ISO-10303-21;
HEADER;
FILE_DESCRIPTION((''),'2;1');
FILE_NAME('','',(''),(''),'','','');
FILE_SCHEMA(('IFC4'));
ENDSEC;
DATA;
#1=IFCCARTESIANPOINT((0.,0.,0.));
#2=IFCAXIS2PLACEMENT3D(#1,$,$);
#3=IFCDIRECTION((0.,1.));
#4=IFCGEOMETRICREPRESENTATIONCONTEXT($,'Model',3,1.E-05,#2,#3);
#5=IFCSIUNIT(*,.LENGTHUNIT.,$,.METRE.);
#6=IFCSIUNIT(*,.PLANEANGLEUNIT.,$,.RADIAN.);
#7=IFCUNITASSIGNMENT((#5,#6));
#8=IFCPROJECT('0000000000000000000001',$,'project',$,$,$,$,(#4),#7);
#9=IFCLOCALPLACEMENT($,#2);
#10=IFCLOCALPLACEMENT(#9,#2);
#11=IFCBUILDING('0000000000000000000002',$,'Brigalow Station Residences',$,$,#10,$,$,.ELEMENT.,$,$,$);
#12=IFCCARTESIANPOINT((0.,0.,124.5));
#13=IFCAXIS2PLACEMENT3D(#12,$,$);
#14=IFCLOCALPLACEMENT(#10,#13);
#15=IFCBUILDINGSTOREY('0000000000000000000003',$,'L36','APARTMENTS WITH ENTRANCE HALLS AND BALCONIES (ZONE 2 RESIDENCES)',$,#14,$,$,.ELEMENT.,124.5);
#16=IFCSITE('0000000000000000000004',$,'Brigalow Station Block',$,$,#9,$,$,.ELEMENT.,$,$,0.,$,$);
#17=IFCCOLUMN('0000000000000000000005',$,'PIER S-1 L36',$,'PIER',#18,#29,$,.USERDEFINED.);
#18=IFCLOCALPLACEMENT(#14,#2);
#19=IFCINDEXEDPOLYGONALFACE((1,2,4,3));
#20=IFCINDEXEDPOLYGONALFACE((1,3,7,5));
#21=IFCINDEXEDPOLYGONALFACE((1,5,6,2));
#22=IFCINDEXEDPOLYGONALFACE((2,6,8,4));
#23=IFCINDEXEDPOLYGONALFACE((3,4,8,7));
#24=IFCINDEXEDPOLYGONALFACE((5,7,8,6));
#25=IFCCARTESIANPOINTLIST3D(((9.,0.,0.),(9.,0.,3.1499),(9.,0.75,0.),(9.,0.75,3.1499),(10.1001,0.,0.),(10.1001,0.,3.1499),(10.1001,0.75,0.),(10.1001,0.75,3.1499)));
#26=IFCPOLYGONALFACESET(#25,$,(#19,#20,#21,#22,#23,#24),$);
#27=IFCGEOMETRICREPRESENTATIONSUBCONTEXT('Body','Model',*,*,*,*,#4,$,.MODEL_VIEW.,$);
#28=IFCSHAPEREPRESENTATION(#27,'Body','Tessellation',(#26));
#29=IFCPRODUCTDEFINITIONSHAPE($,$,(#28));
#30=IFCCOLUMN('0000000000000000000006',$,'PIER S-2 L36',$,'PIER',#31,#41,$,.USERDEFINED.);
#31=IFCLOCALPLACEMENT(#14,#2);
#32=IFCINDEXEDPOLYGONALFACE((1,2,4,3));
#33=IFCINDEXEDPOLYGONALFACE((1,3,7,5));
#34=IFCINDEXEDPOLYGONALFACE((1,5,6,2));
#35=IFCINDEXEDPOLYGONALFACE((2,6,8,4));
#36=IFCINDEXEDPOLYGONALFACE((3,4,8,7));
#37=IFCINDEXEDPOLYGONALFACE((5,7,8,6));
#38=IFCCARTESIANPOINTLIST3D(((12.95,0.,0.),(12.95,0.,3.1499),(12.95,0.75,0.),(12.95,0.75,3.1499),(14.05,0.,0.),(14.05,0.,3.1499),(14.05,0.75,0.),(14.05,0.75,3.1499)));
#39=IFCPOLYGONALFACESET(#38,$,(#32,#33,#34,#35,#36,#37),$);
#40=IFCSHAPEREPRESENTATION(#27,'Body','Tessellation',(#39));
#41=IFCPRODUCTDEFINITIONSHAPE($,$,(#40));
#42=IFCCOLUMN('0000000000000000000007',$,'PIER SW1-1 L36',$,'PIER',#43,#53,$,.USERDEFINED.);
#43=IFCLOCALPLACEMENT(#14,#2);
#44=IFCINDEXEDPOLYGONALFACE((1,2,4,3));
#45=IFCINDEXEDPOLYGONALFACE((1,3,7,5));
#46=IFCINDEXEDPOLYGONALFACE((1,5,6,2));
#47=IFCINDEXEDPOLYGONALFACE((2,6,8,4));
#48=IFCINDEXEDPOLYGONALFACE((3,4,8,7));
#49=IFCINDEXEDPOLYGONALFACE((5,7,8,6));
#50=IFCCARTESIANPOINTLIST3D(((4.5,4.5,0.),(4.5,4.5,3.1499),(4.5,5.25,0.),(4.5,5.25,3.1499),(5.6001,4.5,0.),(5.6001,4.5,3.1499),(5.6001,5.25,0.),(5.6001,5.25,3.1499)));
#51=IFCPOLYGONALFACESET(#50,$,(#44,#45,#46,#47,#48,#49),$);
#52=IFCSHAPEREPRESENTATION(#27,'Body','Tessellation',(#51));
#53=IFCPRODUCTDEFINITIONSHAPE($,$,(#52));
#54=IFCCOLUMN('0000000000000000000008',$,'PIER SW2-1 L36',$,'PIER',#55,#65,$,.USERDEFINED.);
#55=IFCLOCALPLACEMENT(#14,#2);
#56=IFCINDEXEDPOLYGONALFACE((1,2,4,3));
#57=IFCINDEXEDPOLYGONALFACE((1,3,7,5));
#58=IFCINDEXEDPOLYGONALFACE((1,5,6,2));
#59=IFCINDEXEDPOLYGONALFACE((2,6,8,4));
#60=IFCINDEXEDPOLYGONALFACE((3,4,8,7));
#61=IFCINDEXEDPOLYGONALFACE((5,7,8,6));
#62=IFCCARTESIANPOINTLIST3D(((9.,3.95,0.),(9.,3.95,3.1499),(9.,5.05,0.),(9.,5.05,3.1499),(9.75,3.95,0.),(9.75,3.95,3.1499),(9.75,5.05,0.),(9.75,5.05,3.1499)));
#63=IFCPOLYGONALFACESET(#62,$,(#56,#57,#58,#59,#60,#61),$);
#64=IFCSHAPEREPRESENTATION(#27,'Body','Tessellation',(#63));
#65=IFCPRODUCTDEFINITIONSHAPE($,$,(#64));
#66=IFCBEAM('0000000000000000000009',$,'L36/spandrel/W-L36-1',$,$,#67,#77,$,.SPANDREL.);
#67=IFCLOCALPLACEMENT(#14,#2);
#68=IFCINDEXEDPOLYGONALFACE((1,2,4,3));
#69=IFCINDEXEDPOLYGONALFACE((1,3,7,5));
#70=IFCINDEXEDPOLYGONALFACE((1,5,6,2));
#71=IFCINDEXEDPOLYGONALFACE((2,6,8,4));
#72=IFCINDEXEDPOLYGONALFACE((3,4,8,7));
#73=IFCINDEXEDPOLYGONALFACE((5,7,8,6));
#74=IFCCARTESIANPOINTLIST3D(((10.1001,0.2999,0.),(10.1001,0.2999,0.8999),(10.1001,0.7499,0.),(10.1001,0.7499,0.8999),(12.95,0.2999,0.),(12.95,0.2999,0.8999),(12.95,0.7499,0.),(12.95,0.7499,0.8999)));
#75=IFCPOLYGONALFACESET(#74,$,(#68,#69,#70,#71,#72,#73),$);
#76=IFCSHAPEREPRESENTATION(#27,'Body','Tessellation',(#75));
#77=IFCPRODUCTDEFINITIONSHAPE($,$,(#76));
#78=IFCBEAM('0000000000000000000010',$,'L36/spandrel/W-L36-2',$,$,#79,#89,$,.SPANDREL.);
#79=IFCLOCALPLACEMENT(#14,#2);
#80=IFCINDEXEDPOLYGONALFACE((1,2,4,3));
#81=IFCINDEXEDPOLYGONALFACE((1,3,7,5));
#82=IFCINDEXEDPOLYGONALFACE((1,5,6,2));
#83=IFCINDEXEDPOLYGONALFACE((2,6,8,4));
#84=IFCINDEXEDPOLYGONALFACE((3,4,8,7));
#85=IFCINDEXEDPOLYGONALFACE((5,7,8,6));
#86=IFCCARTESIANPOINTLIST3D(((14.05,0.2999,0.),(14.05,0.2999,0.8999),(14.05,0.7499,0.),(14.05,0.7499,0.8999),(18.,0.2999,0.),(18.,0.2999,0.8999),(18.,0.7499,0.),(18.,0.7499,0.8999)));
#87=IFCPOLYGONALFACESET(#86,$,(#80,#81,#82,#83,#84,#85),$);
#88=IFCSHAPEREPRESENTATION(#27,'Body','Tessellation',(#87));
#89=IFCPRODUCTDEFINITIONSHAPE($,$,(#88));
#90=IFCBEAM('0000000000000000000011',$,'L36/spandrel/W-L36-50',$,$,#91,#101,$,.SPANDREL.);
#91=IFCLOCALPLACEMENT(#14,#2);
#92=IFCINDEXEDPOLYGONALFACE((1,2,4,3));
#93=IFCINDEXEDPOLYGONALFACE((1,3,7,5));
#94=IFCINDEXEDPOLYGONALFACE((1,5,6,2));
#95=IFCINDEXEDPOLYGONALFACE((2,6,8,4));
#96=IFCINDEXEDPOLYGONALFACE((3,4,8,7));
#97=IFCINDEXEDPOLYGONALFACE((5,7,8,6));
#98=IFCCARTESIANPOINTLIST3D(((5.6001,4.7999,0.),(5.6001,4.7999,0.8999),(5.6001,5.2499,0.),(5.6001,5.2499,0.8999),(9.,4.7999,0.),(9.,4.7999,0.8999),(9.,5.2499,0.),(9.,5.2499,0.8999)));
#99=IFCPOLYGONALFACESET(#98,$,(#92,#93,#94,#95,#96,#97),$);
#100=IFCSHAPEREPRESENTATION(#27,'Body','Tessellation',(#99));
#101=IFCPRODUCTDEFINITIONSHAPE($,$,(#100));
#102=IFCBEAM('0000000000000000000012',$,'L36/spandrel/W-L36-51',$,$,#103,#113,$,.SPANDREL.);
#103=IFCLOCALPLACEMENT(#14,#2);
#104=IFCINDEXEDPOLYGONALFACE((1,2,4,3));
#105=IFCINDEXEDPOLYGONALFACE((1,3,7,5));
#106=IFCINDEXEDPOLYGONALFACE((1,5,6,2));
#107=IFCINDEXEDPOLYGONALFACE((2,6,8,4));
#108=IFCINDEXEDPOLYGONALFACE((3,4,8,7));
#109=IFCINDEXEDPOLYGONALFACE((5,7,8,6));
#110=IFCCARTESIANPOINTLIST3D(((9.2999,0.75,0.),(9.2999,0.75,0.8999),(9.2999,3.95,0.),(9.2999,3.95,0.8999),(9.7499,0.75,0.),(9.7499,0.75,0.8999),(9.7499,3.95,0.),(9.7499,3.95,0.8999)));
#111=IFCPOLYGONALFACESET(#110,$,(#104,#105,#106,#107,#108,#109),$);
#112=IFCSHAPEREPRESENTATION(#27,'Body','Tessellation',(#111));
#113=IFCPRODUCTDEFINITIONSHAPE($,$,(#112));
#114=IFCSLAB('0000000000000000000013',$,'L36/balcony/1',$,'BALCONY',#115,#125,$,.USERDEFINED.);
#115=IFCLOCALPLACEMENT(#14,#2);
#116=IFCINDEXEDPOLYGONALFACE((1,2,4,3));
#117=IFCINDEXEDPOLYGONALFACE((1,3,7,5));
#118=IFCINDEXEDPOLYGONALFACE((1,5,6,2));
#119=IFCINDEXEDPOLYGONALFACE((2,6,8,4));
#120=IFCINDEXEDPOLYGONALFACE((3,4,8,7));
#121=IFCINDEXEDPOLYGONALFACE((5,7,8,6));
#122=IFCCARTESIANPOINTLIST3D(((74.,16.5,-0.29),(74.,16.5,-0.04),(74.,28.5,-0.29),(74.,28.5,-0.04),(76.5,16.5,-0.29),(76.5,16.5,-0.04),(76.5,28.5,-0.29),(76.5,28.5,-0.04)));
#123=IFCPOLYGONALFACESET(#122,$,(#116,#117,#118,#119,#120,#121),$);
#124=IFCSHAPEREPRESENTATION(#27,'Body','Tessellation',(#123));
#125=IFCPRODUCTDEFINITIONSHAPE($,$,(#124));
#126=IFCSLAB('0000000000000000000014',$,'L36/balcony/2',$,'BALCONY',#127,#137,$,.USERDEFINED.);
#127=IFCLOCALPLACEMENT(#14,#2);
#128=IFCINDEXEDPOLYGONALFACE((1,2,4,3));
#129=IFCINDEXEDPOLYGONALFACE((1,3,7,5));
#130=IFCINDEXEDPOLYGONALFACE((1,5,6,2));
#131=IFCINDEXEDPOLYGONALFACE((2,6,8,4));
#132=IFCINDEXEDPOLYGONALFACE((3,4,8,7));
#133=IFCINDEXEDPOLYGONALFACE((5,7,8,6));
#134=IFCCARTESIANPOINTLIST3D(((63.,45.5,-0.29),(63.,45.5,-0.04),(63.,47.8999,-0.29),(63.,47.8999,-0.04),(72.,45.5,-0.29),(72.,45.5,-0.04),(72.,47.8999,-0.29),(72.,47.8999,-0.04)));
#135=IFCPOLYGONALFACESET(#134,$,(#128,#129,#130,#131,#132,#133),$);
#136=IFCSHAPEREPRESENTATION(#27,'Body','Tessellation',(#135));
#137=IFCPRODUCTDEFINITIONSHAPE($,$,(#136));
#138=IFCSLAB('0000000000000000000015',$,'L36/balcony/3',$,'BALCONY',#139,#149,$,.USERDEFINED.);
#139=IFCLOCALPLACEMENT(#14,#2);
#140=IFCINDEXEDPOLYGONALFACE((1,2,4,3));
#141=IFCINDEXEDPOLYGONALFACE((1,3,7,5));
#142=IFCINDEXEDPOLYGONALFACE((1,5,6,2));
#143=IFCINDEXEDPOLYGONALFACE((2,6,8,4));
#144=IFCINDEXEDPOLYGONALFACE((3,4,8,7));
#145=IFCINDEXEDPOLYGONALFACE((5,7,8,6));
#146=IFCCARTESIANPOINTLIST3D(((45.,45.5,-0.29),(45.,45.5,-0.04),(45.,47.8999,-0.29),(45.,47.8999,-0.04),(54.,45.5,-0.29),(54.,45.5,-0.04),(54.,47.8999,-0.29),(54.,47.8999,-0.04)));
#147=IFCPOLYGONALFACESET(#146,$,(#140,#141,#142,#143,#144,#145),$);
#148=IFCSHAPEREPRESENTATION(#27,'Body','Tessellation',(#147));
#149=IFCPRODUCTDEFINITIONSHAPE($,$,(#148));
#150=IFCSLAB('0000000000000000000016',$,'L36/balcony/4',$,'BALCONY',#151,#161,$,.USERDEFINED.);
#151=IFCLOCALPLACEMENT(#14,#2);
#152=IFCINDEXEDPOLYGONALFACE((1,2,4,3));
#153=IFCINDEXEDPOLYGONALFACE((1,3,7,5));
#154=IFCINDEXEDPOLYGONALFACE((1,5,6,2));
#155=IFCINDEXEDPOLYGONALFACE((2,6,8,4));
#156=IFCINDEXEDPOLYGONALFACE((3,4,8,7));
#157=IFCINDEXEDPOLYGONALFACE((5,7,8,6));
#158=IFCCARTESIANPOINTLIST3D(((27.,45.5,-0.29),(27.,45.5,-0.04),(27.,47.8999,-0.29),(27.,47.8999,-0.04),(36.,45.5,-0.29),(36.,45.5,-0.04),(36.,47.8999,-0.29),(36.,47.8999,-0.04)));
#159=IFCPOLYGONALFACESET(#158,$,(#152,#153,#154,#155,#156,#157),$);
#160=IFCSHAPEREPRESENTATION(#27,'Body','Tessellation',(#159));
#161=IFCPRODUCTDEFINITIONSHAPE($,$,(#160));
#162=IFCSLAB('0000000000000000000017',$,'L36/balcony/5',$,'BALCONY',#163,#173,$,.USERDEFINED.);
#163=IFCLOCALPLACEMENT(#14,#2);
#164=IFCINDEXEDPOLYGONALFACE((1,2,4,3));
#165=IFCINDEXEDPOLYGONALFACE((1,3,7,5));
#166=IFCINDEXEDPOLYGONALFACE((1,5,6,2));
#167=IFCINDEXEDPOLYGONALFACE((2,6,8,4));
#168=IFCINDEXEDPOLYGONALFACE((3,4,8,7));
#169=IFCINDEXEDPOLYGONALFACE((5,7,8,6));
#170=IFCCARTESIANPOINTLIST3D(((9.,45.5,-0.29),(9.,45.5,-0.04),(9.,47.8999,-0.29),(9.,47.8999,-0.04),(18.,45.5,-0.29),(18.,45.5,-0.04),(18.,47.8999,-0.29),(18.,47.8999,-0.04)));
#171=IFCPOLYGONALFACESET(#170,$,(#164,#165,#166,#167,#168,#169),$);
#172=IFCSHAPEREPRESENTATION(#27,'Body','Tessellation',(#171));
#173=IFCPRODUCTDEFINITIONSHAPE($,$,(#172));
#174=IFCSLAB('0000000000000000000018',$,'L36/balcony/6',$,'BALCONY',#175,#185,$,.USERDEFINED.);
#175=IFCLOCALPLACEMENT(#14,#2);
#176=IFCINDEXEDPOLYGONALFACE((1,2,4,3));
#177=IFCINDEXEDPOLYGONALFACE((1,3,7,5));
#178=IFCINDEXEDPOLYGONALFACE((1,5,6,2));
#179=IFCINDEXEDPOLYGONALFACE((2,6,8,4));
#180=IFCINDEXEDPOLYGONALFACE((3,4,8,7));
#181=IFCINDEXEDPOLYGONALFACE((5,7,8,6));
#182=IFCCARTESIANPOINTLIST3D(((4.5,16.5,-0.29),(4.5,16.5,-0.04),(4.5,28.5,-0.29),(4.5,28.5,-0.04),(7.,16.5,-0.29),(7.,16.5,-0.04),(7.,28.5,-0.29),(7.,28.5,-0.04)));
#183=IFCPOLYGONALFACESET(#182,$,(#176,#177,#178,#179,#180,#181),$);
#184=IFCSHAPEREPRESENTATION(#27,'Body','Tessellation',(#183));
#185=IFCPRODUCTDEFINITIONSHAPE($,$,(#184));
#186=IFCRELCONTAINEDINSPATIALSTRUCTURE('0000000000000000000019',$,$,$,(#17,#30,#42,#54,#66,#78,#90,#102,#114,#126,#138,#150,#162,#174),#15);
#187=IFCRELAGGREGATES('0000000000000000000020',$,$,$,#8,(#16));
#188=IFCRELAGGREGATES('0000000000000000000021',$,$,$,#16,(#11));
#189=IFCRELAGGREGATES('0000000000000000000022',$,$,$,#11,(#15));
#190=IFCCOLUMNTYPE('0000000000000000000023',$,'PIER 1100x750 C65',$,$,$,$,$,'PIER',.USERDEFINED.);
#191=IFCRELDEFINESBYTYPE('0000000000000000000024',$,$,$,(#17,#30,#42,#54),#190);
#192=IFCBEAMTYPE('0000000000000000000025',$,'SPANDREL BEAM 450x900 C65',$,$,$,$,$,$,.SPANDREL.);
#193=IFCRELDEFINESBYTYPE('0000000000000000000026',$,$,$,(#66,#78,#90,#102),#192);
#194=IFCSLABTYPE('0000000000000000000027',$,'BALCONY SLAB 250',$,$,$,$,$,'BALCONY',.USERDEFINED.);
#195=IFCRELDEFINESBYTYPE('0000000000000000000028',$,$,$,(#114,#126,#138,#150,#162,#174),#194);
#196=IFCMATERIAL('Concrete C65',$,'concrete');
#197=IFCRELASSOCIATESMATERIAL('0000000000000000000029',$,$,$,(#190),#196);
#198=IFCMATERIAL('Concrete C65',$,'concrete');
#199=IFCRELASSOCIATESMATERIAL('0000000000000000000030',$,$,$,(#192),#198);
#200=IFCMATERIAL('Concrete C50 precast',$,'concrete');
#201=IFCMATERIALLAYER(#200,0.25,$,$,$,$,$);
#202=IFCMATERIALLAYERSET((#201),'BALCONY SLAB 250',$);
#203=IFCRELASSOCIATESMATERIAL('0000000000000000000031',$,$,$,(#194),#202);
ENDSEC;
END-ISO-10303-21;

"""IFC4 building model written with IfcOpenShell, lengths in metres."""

from ifc_helpers import new_model, si_unit, direction, frame, origin, origin_2d, place, context, subcontext, project, spatial, polyline, rectangle, outline, extrude, material, layer, layer_set, material_profile, profile_set, type_object, element, save


model = new_model("IFC4")

# Units and contexts
model_context = context("Model", 3, precision=1e-05, world=origin(), true_north=direction((0.0, 1.0)))
body_context = subcontext(model_context, "Body", "Model", "MODEL_VIEW")
ifc_project = project(units=[si_unit("LENGTHUNIT", "METRE"), si_unit("PLANEANGLEUNIT", "RADIAN")], contexts=[model_context])

# Site, building, storey
site_placement = place(None, origin())
site = spatial("IfcSite", under=ifc_project, at=site_placement, Name="Brigalow Station Block", CompositionType="ELEMENT", RefElevation=0.0)
building_placement = place(site_placement, origin())
building = spatial("IfcBuilding", under=site, at=building_placement, Name="Brigalow Station Residences", CompositionType="ELEMENT")
storey_placement = place(building_placement, frame((0.0, 0.0, 124.5)))
storey = spatial("IfcBuildingStorey", under=building, at=storey_placement, Name="L36", Description="APARTMENTS WITH ENTRANCE HALLS AND BALCONIES (ZONE 2 RESIDENCES)", CompositionType="ELEMENT", Elevation=124.5)

# Columns
ifc_material_1 = material(Name="Concrete C65", Category="concrete")
ifc_material_profile_1 = material_profile(ifc_material_1, rectangle(XDim=1.1001, YDim=0.75, at=origin_2d()), Name="RC1100x750")
ifc_profile_set_1 = profile_set([ifc_material_profile_1], Name="Concrete C65")
column_type = type_object("IfcColumnType", Name="PIER 1100x750 C65", ElementType="PIER", PredefinedType="USERDEFINED", material=ifc_profile_set_1)
for number, where, z_axis, x_axis, name in (
    (1, (9.55, 0.375, 0.0), (0.0, 0.0, 1.0), (1.0, 0.0, 0.0), "PIER S-1 L36"),
    (2, (13.5, 0.375, 0.0), (0.0, 0.0, 1.0), (1.0, 0.0, 0.0), "PIER S-2 L36"),
    (3, (5.05, 4.875, 0.0), (0.0, 0.0, 1.0), (1.0, 0.0, 0.0), "PIER SW1-1 L36"),
    (4, (9.375, 4.5, 0.0), (0.0, 0.0, 1.0), (0.0, -1.0, 0.0), "PIER SW2-1 L36"),
):
    element("IfcColumn", number, at=place(storey_placement, frame(where, z_axis=z_axis, x_axis=x_axis)), inside=storey, type_object=column_type, Name=name, ObjectType="PIER", PredefinedType="USERDEFINED", context=body_context, shape_type="SweptSolid", body=[
        extrude(rectangle(XDim=1.1001, YDim=0.75, at=origin_2d()), origin(), (0.0, 0.0, 1.0), 3.1499),
    ])

# Beams
ifc_material_2 = material(Name="Concrete C65", Category="concrete")
ifc_material_profile_2 = material_profile(ifc_material_2, rectangle(XDim=0.45, YDim=0.8999, at=origin_2d()), Name="RC450x900")
ifc_profile_set_2 = profile_set([ifc_material_profile_2], Name="Concrete C65")
beam_type = type_object("IfcBeamType", Name="SPANDREL BEAM 450x900 C65", PredefinedType="SPANDREL", material=ifc_profile_set_2)
beam_1_placement = place(storey_placement, frame((10.1001, 0.5249, 0.45), z_axis=(1.0, 0.0, 0.0), x_axis=(0.0, 1.0, 0.0)))
element("IfcBeam", 5, at=beam_1_placement, inside=storey, type_object=beam_type, Name="L36/spandrel/W-L36-1", PredefinedType="SPANDREL", context=body_context, shape_type="SweptSolid", body=[
    extrude(rectangle(XDim=0.45, YDim=0.8999, at=origin_2d()), origin(), (0.0, 0.0, 1.0), 2.8499),
])
beam_2_placement = place(storey_placement, frame((14.05, 0.5249, 0.45), z_axis=(1.0, 0.0, 0.0), x_axis=(0.0, 1.0, 0.0)))
element("IfcBeam", 6, at=beam_2_placement, inside=storey, type_object=beam_type, Name="L36/spandrel/W-L36-2", PredefinedType="SPANDREL", context=body_context, shape_type="SweptSolid", body=[
    extrude(rectangle(XDim=0.45, YDim=0.8999, at=origin_2d()), origin(), (0.0, 0.0, 1.0), 3.95),
])
beam_3_placement = place(storey_placement, frame((5.6001, 5.0249, 0.45), z_axis=(1.0, 0.0, 0.0), x_axis=(0.0, 1.0, 0.0)))
element("IfcBeam", 7, at=beam_3_placement, inside=storey, type_object=beam_type, Name="L36/spandrel/W-L36-50", PredefinedType="SPANDREL", context=body_context, shape_type="SweptSolid", body=[
    extrude(rectangle(XDim=0.45, YDim=0.8999, at=origin_2d()), origin(), (0.0, 0.0, 1.0), 3.3999),
])
beam_4_placement = place(storey_placement, frame((9.5249, 3.95, 0.45), z_axis=(0.0, -1.0, 0.0), x_axis=(1.0, 0.0, 0.0)))
element("IfcBeam", 8, at=beam_4_placement, inside=storey, type_object=beam_type, Name="L36/spandrel/W-L36-51", PredefinedType="SPANDREL", context=body_context, shape_type="SweptSolid", body=[
    extrude(rectangle(XDim=0.45, YDim=0.8999, at=origin_2d()), origin(), (0.0, 0.0, 1.0), 3.2),
])

# Slabs
ifc_material_3 = material(Name="Concrete C50 precast", Category="concrete")
ifc_layer_1 = layer(ifc_material_3, 0.25)
ifc_layer_set_1 = layer_set([ifc_layer_1], Name="BALCONY SLAB 250")
slab_type_1 = type_object("IfcSlabType", Name="BALCONY SLAB 250", ElementType="BALCONY", PredefinedType="USERDEFINED", material=ifc_layer_set_1)
slab_1_placement = place(storey_placement, frame((0.0, 0.0, -0.29)))
element("IfcSlab", 9, at=slab_1_placement, inside=storey, type_object=slab_type_1, Name="L36/balcony/1", ObjectType="BALCONY", PredefinedType="USERDEFINED", context=body_context, shape_type="SweptSolid", body=[
    extrude(outline(polyline([(74.0, 16.5), (76.5, 16.5), (76.5, 28.5), (74.0, 28.5), (74.0, 16.5)])), origin(), (0.0, 0.0, 1.0), 0.25),
])
slab_2_placement = place(storey_placement, frame((0.0, 0.0, -0.29)))
element("IfcSlab", 10, at=slab_2_placement, inside=storey, type_object=slab_type_1, Name="L36/balcony/2", ObjectType="BALCONY", PredefinedType="USERDEFINED", context=body_context, shape_type="SweptSolid", body=[
    extrude(outline(polyline([(72.0, 45.5), (72.0, 47.8999), (63.0, 47.8999), (63.0, 45.5), (72.0, 45.5)])), origin(), (0.0, 0.0, 1.0), 0.25),
])
slab_3_placement = place(storey_placement, frame((0.0, 0.0, -0.29)))
element("IfcSlab", 11, at=slab_3_placement, inside=storey, type_object=slab_type_1, Name="L36/balcony/3", ObjectType="BALCONY", PredefinedType="USERDEFINED", context=body_context, shape_type="SweptSolid", body=[
    extrude(outline(polyline([(54.0, 45.5), (54.0, 47.8999), (45.0, 47.8999), (45.0, 45.5), (54.0, 45.5)])), origin(), (0.0, 0.0, 1.0), 0.25),
])
slab_4_placement = place(storey_placement, frame((0.0, 0.0, -0.29)))
element("IfcSlab", 12, at=slab_4_placement, inside=storey, type_object=slab_type_1, Name="L36/balcony/4", ObjectType="BALCONY", PredefinedType="USERDEFINED", context=body_context, shape_type="SweptSolid", body=[
    extrude(outline(polyline([(36.0, 45.5), (36.0, 47.8999), (27.0, 47.8999), (27.0, 45.5), (36.0, 45.5)])), origin(), (0.0, 0.0, 1.0), 0.25),
])
slab_5_placement = place(storey_placement, frame((0.0, 0.0, -0.29)))
element("IfcSlab", 13, at=slab_5_placement, inside=storey, type_object=slab_type_1, Name="L36/balcony/5", ObjectType="BALCONY", PredefinedType="USERDEFINED", context=body_context, shape_type="SweptSolid", body=[
    extrude(outline(polyline([(18.0, 45.5), (18.0, 47.8999), (9.0, 47.8999), (9.0, 45.5), (18.0, 45.5)])), origin(), (0.0, 0.0, 1.0), 0.25),
])
slab_6_placement = place(storey_placement, frame((0.0, 0.0, -0.29)))
element("IfcSlab", 14, at=slab_6_placement, inside=storey, type_object=slab_type_1, Name="L36/balcony/6", ObjectType="BALCONY", PredefinedType="USERDEFINED", context=body_context, shape_type="SweptSolid", body=[
    extrude(outline(polyline([(7.0, 28.5), (4.5, 28.5), (4.5, 16.5), (7.0, 16.5), (7.0, 28.5)])), origin(), (0.0, 0.0, 1.0), 0.25),
])

save(model, "model.ifc")
